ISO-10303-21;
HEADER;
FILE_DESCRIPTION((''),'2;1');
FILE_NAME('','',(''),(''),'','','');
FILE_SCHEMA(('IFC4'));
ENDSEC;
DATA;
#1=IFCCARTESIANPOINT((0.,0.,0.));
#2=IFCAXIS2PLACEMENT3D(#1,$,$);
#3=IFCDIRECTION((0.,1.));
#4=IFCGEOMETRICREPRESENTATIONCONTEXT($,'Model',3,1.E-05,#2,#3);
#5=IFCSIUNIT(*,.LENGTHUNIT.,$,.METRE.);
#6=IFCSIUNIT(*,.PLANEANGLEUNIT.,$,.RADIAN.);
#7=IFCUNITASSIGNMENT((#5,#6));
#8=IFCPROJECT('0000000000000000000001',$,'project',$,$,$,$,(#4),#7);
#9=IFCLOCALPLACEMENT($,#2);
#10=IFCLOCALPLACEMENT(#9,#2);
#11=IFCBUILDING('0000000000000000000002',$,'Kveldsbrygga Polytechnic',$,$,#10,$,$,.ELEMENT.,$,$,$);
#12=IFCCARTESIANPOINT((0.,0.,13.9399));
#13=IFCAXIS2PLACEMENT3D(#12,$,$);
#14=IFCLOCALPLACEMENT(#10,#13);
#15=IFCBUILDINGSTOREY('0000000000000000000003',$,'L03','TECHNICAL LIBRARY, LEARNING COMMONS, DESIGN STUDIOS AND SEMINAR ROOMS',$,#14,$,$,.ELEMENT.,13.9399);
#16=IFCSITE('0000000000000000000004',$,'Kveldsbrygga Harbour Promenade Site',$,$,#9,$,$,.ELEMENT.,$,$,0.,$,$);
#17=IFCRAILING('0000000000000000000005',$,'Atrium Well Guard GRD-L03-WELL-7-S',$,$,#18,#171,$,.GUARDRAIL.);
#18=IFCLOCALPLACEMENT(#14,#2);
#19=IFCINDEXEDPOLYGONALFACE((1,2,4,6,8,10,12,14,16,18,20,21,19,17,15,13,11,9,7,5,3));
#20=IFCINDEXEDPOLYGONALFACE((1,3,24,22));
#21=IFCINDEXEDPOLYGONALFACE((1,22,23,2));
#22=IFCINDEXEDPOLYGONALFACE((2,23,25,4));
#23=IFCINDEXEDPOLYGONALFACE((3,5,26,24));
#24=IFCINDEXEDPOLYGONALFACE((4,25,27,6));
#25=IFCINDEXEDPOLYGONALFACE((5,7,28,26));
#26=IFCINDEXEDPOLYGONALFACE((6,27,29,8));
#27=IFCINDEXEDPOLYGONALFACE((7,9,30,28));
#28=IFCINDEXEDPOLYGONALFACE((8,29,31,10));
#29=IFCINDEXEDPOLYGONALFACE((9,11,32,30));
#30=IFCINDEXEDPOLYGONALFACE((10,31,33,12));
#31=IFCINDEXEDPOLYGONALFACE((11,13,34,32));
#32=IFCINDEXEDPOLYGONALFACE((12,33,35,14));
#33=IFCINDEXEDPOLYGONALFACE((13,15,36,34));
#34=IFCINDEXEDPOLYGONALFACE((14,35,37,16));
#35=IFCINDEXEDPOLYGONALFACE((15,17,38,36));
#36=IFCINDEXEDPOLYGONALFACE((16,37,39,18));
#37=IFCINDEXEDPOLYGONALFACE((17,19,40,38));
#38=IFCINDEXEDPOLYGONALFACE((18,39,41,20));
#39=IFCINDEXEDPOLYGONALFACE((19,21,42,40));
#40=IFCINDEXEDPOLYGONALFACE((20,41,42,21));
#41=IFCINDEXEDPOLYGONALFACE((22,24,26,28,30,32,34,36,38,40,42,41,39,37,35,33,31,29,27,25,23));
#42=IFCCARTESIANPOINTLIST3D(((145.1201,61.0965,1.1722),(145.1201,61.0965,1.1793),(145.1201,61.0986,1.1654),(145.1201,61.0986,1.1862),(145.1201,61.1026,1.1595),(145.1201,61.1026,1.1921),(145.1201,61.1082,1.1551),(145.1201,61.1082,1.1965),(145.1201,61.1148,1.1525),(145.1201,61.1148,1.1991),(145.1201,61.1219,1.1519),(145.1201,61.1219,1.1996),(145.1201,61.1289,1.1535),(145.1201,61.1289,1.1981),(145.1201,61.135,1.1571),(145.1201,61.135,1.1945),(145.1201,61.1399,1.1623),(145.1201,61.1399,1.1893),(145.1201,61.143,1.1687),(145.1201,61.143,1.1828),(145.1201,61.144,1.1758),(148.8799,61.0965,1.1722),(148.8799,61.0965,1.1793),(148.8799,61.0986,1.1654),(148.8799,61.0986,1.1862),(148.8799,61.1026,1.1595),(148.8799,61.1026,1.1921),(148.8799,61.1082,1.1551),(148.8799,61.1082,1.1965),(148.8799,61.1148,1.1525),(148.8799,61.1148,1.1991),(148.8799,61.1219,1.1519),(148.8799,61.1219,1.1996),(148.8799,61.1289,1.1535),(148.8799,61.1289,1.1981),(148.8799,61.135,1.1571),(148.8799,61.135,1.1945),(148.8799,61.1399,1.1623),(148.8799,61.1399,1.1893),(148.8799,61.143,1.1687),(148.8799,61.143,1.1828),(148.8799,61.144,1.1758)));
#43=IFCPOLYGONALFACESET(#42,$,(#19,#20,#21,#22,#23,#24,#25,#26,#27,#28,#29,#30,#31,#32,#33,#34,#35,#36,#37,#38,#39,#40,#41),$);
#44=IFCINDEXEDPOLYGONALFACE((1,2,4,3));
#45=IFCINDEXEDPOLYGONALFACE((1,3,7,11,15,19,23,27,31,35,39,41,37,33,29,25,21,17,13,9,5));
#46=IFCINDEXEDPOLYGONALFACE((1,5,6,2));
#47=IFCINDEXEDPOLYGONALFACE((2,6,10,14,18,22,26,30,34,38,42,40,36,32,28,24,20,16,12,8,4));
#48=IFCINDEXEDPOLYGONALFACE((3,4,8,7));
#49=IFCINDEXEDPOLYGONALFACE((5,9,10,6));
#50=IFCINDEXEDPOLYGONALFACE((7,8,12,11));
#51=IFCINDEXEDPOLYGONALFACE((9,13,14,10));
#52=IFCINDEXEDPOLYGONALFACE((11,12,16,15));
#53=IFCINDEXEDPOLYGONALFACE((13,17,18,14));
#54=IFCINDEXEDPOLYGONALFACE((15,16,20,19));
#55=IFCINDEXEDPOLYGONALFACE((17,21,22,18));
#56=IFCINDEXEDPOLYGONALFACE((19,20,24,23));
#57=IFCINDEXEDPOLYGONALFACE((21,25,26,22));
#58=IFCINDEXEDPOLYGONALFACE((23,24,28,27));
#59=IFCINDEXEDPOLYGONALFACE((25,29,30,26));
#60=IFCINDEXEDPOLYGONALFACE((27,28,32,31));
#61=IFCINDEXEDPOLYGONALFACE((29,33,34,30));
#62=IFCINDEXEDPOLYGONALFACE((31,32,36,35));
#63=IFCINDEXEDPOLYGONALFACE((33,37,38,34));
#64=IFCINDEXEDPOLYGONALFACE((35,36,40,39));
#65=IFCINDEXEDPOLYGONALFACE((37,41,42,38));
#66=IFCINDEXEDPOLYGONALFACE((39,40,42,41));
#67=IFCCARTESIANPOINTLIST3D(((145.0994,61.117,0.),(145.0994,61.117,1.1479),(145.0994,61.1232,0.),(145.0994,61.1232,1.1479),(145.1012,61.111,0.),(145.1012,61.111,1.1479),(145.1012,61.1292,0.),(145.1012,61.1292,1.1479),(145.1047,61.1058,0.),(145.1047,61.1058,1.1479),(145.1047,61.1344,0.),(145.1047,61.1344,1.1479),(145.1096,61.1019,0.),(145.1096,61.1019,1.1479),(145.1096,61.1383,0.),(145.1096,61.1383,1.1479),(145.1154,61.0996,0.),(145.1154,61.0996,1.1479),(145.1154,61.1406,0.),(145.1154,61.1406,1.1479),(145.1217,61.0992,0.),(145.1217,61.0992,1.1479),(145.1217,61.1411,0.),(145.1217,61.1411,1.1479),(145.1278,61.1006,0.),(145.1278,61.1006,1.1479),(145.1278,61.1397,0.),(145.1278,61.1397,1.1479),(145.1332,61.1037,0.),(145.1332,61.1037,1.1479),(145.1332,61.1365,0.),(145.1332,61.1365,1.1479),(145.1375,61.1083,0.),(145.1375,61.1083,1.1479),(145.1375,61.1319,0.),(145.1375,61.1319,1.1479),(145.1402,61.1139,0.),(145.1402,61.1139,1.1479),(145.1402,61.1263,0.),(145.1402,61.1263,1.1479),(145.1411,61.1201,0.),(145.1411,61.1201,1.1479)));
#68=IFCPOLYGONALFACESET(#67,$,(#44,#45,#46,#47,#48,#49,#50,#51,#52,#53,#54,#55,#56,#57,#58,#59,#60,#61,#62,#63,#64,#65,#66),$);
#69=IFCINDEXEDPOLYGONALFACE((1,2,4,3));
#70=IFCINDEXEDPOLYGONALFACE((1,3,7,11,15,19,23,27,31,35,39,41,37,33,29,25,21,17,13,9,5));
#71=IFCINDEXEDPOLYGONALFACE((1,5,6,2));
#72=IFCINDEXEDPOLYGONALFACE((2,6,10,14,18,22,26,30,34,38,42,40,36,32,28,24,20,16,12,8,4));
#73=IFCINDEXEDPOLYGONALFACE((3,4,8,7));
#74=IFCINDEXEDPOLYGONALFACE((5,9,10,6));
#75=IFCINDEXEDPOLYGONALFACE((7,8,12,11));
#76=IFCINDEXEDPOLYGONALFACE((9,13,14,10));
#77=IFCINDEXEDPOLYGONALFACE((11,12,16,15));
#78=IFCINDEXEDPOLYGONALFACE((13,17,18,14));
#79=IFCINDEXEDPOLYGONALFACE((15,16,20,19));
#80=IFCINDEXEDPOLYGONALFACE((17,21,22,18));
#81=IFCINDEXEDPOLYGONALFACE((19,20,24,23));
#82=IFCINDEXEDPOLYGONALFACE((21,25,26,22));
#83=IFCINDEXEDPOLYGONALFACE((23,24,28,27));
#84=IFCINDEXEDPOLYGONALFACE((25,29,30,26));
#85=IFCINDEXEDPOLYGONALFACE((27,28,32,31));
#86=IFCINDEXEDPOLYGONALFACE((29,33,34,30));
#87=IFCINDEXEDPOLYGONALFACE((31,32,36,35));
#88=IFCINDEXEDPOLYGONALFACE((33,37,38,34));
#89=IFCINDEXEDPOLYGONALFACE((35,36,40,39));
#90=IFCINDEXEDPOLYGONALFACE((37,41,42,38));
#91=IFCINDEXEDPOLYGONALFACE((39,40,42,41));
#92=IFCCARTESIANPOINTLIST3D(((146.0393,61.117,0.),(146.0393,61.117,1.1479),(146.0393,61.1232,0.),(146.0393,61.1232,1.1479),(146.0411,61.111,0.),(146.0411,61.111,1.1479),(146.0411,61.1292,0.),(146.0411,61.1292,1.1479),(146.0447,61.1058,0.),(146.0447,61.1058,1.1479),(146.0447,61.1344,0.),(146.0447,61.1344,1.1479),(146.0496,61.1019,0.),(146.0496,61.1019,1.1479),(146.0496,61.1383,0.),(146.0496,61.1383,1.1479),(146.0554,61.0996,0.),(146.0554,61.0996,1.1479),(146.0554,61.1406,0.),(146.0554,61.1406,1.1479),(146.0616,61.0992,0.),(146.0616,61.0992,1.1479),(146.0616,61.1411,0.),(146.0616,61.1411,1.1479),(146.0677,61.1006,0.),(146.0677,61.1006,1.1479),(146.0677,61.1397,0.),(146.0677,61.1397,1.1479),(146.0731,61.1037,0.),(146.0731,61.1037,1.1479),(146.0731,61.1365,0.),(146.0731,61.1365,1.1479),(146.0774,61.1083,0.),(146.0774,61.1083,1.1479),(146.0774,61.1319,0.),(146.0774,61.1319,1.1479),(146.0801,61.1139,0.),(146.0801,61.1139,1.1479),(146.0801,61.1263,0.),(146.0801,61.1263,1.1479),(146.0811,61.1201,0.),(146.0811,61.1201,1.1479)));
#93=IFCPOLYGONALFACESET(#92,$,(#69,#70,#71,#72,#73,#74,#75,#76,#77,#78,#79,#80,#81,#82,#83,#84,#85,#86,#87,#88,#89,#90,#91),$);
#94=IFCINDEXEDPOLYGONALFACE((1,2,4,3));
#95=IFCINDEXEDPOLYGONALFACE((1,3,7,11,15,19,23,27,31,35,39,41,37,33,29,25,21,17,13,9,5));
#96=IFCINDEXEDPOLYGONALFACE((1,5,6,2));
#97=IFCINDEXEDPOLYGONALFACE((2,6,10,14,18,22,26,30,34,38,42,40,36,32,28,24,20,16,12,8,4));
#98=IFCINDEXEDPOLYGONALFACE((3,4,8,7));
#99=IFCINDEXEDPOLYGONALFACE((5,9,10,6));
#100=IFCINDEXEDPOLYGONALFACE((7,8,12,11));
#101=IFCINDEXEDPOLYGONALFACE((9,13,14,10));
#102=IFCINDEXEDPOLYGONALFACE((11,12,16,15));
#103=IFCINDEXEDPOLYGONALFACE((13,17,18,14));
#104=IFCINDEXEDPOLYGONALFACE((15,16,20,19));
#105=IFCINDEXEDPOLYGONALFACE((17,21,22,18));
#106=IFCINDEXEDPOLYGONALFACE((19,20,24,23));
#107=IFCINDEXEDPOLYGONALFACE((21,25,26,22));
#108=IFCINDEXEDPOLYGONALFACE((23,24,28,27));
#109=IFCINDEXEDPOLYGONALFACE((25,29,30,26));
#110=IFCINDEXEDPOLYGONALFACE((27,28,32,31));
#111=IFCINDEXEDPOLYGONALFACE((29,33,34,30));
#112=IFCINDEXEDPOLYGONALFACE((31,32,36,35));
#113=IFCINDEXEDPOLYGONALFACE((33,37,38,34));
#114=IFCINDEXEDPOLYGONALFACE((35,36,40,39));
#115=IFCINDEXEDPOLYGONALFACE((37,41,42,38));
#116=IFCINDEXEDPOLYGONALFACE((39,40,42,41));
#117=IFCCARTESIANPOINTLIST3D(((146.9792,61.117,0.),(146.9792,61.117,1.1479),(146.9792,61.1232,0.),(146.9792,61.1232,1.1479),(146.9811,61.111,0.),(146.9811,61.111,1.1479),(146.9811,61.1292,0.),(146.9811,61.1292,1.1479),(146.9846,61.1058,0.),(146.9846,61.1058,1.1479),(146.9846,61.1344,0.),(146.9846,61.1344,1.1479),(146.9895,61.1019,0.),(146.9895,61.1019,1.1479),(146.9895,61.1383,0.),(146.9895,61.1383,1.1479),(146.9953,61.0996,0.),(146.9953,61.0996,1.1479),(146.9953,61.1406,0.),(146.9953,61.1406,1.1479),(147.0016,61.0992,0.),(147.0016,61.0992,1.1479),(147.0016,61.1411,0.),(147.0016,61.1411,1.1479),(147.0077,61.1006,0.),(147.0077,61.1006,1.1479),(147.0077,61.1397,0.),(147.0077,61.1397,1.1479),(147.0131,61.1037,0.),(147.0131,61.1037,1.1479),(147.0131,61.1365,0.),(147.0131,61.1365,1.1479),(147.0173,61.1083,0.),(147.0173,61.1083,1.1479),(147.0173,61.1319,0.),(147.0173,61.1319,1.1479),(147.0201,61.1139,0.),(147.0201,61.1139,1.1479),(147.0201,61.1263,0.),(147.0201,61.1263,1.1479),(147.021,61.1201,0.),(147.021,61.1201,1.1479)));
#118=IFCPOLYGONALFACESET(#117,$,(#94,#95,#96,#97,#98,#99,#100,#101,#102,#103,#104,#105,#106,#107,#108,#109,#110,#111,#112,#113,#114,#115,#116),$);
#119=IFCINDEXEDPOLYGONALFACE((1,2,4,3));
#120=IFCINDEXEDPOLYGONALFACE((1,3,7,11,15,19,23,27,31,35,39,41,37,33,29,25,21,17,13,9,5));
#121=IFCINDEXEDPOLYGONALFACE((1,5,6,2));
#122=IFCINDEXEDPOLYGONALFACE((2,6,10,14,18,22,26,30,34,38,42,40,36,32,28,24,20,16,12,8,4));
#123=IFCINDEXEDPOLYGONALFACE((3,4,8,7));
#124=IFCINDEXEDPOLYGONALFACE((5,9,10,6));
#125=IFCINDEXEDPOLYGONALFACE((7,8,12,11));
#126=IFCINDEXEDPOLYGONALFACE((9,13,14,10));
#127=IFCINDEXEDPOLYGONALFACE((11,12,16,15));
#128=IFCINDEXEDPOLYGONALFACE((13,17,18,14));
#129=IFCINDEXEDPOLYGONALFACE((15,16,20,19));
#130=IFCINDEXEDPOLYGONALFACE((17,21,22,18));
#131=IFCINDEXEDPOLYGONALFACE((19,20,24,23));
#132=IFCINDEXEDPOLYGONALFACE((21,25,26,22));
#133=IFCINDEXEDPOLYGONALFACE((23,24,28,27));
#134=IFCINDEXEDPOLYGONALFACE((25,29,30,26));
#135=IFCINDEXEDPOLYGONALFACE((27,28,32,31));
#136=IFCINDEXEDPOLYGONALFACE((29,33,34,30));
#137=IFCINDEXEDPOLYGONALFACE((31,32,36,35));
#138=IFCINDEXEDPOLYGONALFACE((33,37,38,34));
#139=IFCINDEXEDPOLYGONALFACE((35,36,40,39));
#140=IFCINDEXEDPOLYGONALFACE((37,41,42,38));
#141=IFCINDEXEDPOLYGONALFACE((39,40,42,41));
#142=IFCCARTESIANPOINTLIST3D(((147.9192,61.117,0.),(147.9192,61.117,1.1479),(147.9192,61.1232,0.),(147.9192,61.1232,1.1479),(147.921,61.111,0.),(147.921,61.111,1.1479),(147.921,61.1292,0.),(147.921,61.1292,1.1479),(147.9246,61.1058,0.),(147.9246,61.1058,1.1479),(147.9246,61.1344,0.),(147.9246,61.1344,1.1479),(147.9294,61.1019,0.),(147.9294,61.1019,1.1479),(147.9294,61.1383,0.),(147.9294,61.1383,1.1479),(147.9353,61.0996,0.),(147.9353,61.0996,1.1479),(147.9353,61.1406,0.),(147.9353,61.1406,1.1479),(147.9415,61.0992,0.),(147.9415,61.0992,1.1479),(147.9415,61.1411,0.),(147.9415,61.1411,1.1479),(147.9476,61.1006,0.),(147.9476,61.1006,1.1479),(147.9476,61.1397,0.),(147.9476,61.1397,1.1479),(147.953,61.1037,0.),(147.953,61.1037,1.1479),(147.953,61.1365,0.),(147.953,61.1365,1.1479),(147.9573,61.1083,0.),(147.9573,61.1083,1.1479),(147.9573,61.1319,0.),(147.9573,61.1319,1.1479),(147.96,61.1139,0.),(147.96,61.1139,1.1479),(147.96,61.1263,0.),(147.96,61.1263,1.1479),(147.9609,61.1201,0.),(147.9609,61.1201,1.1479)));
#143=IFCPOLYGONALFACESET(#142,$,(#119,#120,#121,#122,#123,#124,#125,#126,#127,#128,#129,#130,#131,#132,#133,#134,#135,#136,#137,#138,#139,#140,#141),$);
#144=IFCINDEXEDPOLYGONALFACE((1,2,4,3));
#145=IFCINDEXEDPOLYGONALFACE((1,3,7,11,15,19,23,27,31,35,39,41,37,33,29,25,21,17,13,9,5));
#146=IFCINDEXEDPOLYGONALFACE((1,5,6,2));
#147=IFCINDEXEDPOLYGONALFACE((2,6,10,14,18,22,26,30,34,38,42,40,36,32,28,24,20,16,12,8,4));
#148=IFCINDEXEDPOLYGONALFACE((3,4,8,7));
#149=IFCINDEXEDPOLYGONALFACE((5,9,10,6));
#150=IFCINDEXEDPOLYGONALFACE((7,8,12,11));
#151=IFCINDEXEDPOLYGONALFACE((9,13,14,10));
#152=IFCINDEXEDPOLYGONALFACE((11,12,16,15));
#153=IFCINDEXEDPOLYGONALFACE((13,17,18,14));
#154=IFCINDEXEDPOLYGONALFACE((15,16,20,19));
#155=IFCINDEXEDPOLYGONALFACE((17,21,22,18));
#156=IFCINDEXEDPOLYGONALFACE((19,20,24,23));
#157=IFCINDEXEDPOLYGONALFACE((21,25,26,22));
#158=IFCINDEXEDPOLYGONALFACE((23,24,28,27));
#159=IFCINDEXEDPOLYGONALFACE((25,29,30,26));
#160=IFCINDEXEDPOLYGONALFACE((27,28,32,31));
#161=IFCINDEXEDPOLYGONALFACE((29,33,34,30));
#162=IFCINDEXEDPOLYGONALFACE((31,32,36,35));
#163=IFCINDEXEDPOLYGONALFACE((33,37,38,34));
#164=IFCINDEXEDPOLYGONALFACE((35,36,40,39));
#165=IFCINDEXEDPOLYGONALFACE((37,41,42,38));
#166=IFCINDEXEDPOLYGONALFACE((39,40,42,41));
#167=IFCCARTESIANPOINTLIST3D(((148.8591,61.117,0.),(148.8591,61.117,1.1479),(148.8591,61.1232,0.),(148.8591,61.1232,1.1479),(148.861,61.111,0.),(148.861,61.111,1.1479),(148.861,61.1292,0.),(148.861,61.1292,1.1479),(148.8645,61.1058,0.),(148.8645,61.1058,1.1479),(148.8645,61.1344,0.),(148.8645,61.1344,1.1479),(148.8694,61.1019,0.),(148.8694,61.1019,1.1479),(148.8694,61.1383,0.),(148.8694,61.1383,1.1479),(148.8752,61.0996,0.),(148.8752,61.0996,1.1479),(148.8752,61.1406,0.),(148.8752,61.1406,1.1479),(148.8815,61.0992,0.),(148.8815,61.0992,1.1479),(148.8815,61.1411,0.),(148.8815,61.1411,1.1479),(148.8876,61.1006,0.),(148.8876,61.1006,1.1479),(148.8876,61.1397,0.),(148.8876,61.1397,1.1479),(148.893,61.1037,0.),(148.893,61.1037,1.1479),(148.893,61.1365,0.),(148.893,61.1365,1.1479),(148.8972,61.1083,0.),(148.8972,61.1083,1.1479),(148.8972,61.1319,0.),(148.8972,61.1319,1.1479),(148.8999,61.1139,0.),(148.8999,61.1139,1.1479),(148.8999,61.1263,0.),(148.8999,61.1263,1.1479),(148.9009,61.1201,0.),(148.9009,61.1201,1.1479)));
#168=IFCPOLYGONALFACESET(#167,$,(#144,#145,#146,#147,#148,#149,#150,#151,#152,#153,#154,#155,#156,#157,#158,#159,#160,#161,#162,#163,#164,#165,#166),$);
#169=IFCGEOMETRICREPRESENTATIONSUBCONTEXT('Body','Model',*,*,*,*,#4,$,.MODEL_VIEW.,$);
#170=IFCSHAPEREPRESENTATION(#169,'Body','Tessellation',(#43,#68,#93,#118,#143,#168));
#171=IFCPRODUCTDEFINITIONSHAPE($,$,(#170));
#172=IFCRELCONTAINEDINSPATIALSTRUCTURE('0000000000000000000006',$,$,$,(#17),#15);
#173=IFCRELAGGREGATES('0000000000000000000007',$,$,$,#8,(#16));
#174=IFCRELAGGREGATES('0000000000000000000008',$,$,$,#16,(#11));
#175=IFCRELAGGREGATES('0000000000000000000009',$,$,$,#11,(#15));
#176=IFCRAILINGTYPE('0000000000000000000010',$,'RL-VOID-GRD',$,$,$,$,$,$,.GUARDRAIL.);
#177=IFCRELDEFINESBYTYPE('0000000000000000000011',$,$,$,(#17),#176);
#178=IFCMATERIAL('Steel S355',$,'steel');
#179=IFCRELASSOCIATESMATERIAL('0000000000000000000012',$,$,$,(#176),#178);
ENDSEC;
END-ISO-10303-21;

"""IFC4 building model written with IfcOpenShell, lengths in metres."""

from ifc_helpers import new_model, si_unit, direction, frame, origin, origin_2d, place, context, subcontext, project, spatial, circle, extrude, material, type_object, element, save


model = new_model("IFC4")

# Units and contexts
model_context = context("Model", 3, precision=1e-05, world=origin(), true_north=direction((0.0, 1.0)))
body_context = subcontext(model_context, "Body", "Model", "MODEL_VIEW")
ifc_project = project(units=[si_unit("LENGTHUNIT", "METRE"), si_unit("PLANEANGLEUNIT", "RADIAN")], contexts=[model_context])

# Site, building, storey
site_placement = place(None, origin())
site = spatial("IfcSite", under=ifc_project, at=site_placement, Name="Kveldsbrygga Harbour Promenade Site", CompositionType="ELEMENT", RefElevation=0.0)
building_placement = place(site_placement, origin())
building = spatial("IfcBuilding", under=site, at=building_placement, Name="Kveldsbrygga Polytechnic", CompositionType="ELEMENT")
storey_placement = place(building_placement, frame((0.0, 0.0, 13.9399)))
storey = spatial("IfcBuildingStorey", under=building, at=storey_placement, Name="L03", Description="TECHNICAL LIBRARY, LEARNING COMMONS, DESIGN STUDIOS AND SEMINAR ROOMS", CompositionType="ELEMENT", Elevation=13.9399)

# Shared definitions
ifc_material_1 = material(Name="Steel S355", Category="steel")

# Railing
railing_type = type_object("IfcRailingType", Name="RL-VOID-GRD", PredefinedType="GUARDRAIL", material=ifc_material_1)
railing_1_placement = place(storey_placement, frame((145.1201, 61.1201, 0.0)))
element("IfcRailing", 1, at=railing_1_placement, inside=storey, type_object=railing_type, Name="Atrium Well Guard GRD-L03-WELL-7-S", PredefinedType="GUARDRAIL", context=body_context, shape_type="SweptSolid", body=[
    extrude(circle(Radius=0.0239, at=origin_2d()), frame((0.0, 0.0, 1.1758), z_axis=(1.0, 0.0, 0.0), x_axis=(0.0, 1.0, 0.0)), (0.0, 0.0, 1.0), 3.7598),
    extrude(circle(Radius=0.021, at=origin_2d()), origin(), (0.0, 0.0, 1.0), 1.1479),
    extrude(circle(Radius=0.021, at=origin_2d()), frame((0.9399, 0.0, 0.0)), (0.0, 0.0, 1.0), 1.1479),
    extrude(circle(Radius=0.021, at=origin_2d()), frame((1.8799, 0.0, 0.0)), (0.0, 0.0, 1.0), 1.1479),
    extrude(circle(Radius=0.021, at=origin_2d()), frame((2.8198, 0.0, 0.0)), (0.0, 0.0, 1.0), 1.1479),
    extrude(circle(Radius=0.021, at=origin_2d()), frame((3.7598, 0.0, 0.0)), (0.0, 0.0, 1.0), 1.1479),
])

save(model, "model.ifc")
